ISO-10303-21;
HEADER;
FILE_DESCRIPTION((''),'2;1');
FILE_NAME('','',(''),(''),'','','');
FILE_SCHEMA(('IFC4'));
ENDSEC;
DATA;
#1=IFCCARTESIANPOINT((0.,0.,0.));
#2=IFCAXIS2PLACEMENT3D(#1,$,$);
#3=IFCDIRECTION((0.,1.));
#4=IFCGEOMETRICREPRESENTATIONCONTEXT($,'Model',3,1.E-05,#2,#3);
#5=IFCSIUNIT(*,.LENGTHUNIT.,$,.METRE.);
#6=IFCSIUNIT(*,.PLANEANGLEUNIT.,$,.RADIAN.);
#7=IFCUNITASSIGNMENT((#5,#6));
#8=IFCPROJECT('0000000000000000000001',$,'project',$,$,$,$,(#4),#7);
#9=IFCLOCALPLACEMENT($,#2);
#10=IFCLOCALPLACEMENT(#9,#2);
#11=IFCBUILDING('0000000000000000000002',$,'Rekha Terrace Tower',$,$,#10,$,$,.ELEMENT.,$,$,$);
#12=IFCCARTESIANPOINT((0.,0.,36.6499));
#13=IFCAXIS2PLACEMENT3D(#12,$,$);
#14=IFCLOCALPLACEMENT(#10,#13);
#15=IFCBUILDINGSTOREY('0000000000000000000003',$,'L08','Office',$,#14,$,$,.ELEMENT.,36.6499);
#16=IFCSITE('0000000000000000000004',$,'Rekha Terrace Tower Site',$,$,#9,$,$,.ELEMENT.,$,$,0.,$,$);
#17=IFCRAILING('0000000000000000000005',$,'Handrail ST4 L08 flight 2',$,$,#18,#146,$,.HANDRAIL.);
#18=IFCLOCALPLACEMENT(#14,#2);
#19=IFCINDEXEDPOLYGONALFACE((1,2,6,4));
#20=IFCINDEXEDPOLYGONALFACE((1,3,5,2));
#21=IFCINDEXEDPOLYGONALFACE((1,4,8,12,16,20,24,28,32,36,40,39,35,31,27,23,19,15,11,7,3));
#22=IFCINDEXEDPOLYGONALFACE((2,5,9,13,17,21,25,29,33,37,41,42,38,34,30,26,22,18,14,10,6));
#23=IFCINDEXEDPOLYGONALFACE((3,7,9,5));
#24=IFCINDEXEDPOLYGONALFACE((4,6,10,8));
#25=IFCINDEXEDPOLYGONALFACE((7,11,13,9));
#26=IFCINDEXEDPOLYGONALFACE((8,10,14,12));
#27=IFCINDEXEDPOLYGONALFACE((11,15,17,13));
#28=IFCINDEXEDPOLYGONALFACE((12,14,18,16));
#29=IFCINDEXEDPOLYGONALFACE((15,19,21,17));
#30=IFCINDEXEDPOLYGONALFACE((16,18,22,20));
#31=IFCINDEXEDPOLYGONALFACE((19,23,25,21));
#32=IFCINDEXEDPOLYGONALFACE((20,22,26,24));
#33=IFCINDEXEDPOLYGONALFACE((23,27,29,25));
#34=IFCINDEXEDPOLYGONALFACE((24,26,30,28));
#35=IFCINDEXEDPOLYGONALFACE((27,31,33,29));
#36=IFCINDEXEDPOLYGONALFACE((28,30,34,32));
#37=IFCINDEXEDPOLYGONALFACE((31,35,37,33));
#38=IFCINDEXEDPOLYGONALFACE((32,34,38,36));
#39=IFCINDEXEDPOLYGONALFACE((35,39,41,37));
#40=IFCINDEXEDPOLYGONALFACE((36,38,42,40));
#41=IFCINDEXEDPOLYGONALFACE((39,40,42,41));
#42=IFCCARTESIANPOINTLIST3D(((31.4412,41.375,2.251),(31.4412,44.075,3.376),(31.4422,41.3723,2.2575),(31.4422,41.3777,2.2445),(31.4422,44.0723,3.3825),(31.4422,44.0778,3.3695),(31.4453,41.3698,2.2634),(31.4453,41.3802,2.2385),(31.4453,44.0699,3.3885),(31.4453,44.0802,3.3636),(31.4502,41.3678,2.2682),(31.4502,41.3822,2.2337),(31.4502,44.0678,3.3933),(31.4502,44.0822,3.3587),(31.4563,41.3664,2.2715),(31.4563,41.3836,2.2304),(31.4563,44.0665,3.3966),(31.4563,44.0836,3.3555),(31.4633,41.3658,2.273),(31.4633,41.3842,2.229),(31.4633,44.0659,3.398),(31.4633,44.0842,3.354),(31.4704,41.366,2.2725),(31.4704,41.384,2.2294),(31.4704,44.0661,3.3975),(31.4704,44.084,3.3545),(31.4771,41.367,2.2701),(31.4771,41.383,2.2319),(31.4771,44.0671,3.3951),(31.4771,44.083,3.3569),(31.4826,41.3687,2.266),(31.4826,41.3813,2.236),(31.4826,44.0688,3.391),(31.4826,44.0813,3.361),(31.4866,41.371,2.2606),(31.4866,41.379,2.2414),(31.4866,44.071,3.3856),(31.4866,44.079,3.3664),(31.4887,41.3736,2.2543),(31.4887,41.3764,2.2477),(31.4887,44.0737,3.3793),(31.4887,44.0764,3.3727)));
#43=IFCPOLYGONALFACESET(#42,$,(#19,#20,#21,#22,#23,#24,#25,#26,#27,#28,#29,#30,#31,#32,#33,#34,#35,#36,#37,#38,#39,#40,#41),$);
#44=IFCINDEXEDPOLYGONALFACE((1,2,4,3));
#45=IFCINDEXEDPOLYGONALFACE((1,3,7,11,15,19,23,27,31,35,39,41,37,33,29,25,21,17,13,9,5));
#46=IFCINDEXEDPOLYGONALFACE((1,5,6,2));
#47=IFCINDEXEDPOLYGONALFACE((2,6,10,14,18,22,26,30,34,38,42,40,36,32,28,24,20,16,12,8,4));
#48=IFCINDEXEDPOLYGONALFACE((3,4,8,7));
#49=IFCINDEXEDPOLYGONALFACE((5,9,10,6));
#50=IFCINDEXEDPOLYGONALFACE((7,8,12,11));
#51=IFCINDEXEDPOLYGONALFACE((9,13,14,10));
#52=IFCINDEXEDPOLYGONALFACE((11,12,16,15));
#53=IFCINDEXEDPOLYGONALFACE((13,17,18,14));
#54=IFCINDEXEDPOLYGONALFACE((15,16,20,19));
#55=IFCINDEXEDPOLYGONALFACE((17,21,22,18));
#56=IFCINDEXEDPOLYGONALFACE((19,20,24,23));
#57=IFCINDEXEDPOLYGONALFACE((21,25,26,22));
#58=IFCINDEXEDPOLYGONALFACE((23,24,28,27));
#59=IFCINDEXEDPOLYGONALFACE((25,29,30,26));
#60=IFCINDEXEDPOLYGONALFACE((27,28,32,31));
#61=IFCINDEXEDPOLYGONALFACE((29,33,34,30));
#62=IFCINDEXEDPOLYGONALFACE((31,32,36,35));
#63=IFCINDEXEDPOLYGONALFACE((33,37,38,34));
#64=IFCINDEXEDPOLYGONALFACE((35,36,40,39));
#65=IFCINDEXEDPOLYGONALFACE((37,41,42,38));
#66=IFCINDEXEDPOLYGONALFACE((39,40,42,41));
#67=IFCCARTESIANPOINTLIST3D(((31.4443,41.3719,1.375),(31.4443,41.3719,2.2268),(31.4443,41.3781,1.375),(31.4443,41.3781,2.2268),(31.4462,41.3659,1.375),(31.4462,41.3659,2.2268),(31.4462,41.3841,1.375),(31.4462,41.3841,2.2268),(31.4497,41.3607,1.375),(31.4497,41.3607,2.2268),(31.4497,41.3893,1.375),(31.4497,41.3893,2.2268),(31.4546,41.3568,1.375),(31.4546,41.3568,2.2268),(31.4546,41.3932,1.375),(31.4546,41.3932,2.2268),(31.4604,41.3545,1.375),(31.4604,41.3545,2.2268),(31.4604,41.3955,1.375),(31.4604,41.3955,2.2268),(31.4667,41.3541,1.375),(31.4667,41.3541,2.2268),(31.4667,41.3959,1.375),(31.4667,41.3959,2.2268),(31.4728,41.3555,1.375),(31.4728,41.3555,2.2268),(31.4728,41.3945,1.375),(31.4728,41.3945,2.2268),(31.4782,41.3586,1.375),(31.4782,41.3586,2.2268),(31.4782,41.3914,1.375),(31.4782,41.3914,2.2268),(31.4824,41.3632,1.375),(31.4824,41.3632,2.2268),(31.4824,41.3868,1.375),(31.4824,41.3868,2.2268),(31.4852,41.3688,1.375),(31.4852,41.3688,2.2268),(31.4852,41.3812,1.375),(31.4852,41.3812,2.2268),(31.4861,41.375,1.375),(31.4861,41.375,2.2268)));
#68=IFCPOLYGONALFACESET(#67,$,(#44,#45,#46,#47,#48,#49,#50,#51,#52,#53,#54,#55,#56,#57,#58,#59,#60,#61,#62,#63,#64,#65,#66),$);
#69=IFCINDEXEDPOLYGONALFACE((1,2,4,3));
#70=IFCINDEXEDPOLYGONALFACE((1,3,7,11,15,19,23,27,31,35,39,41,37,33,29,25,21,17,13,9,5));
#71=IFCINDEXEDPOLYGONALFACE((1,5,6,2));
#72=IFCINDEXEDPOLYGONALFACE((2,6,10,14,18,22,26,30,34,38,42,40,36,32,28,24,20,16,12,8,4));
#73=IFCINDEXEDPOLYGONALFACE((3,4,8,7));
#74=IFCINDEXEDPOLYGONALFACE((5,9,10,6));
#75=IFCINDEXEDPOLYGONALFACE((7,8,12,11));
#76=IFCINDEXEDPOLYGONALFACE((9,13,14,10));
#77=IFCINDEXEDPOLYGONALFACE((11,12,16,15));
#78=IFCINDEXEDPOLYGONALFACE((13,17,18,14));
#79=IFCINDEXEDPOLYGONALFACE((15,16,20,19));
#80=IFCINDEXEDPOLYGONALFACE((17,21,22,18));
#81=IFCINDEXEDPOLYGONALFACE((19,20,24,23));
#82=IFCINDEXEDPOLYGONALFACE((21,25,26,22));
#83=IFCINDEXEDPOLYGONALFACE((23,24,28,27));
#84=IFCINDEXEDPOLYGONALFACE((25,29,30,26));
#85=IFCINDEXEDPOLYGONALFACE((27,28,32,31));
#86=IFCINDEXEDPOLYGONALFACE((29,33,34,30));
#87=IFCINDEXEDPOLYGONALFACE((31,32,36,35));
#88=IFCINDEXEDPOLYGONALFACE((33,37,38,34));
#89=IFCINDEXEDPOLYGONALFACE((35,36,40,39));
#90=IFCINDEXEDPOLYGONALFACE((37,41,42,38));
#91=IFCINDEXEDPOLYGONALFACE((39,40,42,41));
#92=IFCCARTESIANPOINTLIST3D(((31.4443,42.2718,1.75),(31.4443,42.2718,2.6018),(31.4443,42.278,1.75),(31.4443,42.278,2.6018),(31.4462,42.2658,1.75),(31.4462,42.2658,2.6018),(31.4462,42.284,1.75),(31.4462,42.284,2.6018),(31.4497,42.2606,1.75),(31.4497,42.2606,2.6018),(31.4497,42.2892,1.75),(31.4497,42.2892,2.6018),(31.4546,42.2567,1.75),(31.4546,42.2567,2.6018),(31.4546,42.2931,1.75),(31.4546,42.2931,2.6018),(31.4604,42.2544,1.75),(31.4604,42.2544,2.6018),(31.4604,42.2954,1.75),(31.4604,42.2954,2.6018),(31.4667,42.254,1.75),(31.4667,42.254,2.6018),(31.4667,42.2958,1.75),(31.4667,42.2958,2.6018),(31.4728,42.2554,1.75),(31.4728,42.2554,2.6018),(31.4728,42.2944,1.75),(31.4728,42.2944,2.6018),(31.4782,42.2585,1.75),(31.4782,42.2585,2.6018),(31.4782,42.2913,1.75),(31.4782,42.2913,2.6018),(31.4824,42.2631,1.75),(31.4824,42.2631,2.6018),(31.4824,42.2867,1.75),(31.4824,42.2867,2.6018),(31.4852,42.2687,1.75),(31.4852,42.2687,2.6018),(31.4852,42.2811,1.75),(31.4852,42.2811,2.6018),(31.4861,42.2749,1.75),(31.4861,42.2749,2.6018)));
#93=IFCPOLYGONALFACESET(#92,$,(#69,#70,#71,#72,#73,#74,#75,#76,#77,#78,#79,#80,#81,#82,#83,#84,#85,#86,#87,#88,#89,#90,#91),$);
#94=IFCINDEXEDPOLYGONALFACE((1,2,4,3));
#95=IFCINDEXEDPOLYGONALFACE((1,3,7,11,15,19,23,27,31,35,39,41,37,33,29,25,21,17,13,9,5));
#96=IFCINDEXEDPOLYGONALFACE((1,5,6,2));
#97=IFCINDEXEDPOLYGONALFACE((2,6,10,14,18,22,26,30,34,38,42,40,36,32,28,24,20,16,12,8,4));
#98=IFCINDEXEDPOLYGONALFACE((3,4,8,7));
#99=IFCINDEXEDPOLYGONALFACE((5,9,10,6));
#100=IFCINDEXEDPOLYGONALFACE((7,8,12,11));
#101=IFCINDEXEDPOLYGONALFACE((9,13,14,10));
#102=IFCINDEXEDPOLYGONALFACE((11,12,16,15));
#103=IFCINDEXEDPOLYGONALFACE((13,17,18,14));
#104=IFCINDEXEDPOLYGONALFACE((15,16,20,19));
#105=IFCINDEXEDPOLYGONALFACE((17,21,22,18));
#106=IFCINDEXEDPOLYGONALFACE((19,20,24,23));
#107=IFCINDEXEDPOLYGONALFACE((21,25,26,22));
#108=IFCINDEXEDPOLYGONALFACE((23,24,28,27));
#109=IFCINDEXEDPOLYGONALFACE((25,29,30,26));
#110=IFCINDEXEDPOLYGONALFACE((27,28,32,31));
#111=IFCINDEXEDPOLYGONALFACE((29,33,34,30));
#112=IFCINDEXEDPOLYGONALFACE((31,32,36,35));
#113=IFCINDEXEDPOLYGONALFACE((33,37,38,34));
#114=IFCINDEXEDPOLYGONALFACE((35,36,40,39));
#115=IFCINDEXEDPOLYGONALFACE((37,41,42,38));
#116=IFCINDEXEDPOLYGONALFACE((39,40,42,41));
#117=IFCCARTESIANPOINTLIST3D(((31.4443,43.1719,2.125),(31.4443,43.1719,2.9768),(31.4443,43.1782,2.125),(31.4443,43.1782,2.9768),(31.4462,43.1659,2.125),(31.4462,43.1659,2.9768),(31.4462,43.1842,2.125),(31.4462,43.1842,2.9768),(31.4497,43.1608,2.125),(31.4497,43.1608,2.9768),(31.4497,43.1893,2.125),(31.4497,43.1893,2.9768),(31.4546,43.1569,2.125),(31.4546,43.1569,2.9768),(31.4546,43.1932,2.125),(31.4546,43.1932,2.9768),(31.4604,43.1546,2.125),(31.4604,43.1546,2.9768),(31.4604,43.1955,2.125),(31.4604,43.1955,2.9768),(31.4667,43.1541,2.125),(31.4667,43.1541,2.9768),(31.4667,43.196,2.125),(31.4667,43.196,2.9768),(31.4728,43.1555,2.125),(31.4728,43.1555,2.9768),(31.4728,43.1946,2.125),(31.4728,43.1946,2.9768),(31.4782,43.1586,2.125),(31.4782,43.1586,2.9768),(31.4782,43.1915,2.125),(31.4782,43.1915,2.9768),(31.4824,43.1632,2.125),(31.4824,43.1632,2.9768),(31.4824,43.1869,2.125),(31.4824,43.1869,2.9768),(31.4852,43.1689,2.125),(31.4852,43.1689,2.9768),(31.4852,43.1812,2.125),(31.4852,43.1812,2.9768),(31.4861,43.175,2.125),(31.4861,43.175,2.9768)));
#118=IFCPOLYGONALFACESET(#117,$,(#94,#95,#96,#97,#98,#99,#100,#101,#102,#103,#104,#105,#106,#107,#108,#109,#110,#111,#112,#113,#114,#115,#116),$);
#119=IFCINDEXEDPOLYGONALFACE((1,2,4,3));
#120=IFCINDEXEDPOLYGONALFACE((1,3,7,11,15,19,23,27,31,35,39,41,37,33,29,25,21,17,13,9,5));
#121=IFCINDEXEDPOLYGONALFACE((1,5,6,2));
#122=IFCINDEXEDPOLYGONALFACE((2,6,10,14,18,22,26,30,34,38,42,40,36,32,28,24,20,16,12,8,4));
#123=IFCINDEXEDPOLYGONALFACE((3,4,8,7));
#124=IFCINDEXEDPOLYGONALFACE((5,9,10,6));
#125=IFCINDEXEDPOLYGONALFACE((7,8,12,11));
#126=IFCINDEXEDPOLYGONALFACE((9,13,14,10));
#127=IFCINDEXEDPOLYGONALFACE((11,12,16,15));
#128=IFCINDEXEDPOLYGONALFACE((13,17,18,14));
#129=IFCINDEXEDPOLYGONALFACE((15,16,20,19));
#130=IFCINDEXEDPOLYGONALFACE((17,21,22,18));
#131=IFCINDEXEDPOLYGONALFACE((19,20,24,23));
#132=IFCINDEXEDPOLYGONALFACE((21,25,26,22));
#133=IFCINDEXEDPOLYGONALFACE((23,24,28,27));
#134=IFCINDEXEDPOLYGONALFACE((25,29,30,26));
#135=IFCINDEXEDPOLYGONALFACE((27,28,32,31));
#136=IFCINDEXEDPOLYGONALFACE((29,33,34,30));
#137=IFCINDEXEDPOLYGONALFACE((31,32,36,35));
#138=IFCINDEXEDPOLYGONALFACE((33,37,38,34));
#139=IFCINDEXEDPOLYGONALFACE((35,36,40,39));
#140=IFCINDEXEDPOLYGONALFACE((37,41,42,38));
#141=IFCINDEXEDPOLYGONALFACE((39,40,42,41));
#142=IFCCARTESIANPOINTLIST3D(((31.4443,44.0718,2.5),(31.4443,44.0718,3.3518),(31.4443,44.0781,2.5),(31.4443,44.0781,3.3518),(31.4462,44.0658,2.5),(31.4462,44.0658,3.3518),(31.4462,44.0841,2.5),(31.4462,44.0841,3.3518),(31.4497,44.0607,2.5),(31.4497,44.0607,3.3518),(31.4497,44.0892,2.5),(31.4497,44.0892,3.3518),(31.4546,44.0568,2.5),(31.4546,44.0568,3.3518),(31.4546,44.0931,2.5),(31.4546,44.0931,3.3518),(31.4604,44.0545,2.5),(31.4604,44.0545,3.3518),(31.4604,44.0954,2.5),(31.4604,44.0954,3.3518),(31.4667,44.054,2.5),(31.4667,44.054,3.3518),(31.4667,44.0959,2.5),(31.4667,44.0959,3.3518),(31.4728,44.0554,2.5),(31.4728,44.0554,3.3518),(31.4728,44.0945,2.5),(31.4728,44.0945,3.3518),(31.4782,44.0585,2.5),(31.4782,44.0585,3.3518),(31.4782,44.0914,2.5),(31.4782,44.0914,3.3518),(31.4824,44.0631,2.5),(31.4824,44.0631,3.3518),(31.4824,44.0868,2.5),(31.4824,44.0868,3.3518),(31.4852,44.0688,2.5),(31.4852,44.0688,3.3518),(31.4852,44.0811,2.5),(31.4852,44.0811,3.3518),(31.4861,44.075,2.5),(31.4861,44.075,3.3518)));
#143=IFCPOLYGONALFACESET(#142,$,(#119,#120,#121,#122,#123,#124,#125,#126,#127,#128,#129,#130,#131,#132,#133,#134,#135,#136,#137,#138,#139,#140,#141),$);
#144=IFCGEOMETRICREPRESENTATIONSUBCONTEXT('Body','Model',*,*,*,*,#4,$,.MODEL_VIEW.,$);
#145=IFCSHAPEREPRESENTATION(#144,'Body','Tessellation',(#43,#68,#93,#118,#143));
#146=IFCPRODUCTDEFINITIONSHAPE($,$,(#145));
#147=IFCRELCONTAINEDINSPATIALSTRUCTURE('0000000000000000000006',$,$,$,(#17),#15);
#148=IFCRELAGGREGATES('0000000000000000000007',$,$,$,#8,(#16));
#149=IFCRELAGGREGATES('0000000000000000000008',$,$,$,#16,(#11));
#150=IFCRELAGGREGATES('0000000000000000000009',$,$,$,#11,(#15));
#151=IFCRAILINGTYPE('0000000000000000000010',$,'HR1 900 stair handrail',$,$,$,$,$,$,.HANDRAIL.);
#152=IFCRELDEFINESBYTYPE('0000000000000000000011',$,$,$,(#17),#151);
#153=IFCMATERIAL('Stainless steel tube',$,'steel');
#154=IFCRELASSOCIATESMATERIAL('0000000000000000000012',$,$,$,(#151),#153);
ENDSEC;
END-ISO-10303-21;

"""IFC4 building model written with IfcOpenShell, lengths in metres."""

from ifc_helpers import new_model, si_unit, direction, frame, origin, origin_2d, place, context, subcontext, project, spatial, circle, extrude, material, type_object, element, save


model = new_model("IFC4")

# Units and contexts
model_context = context("Model", 3, precision=1e-05, world=origin(), true_north=direction((0.0, 1.0)))
body_context = subcontext(model_context, "Body", "Model", "MODEL_VIEW")
ifc_project = project(units=[si_unit("LENGTHUNIT", "METRE"), si_unit("PLANEANGLEUNIT", "RADIAN")], contexts=[model_context])

# Site, building, storey
site_placement = place(None, origin())
site = spatial("IfcSite", under=ifc_project, at=site_placement, Name="Rekha Terrace Tower Site", CompositionType="ELEMENT", RefElevation=0.0)
building_placement = place(site_placement, origin())
building = spatial("IfcBuilding", under=site, at=building_placement, Name="Rekha Terrace Tower", CompositionType="ELEMENT")
storey_placement = place(building_placement, frame((0.0, 0.0, 36.6499)))
storey = spatial("IfcBuildingStorey", under=building, at=storey_placement, Name="L08", Description="Office", CompositionType="ELEMENT", Elevation=36.6499)

# Railing
ifc_material_1 = material(Name="Stainless steel tube", Category="steel")
railing_type = type_object("IfcRailingType", Name="HR1 900 stair handrail", PredefinedType="HANDRAIL", material=ifc_material_1)
railing_placement = place(storey_placement, frame((31.4651, 41.375, 1.375)))
element("IfcRailing", 1, at=railing_placement, inside=storey, type_object=railing_type, Name="Handrail ST4 L08 flight 2", PredefinedType="HANDRAIL", context=body_context, shape_type="SweptSolid", body=[
    extrude(circle(Radius=0.0239, at=origin_2d()), frame((0.0, 0.0, 0.876), z_axis=(0.0, 0.923074, 0.384621), x_axis=(-1.0, 0.0, 0.0)), (0.0, 0.0, 1.0), 2.925),
    extrude(circle(Radius=0.021, at=origin_2d()), origin(), (0.0, 0.0, 1.0), 0.8518),
    extrude(circle(Radius=0.021, at=origin_2d()), frame((0.0, 0.8999, 0.375)), (0.0, 0.0, 1.0), 0.8518),
    extrude(circle(Radius=0.021, at=origin_2d()), frame((0.0, 1.8, 0.75)), (0.0, 0.0, 1.0), 0.8518),
    extrude(circle(Radius=0.021, at=origin_2d()), frame((0.0, 2.7, 1.125)), (0.0, 0.0, 1.0), 0.8518),
])

save(model, "model.ifc")
